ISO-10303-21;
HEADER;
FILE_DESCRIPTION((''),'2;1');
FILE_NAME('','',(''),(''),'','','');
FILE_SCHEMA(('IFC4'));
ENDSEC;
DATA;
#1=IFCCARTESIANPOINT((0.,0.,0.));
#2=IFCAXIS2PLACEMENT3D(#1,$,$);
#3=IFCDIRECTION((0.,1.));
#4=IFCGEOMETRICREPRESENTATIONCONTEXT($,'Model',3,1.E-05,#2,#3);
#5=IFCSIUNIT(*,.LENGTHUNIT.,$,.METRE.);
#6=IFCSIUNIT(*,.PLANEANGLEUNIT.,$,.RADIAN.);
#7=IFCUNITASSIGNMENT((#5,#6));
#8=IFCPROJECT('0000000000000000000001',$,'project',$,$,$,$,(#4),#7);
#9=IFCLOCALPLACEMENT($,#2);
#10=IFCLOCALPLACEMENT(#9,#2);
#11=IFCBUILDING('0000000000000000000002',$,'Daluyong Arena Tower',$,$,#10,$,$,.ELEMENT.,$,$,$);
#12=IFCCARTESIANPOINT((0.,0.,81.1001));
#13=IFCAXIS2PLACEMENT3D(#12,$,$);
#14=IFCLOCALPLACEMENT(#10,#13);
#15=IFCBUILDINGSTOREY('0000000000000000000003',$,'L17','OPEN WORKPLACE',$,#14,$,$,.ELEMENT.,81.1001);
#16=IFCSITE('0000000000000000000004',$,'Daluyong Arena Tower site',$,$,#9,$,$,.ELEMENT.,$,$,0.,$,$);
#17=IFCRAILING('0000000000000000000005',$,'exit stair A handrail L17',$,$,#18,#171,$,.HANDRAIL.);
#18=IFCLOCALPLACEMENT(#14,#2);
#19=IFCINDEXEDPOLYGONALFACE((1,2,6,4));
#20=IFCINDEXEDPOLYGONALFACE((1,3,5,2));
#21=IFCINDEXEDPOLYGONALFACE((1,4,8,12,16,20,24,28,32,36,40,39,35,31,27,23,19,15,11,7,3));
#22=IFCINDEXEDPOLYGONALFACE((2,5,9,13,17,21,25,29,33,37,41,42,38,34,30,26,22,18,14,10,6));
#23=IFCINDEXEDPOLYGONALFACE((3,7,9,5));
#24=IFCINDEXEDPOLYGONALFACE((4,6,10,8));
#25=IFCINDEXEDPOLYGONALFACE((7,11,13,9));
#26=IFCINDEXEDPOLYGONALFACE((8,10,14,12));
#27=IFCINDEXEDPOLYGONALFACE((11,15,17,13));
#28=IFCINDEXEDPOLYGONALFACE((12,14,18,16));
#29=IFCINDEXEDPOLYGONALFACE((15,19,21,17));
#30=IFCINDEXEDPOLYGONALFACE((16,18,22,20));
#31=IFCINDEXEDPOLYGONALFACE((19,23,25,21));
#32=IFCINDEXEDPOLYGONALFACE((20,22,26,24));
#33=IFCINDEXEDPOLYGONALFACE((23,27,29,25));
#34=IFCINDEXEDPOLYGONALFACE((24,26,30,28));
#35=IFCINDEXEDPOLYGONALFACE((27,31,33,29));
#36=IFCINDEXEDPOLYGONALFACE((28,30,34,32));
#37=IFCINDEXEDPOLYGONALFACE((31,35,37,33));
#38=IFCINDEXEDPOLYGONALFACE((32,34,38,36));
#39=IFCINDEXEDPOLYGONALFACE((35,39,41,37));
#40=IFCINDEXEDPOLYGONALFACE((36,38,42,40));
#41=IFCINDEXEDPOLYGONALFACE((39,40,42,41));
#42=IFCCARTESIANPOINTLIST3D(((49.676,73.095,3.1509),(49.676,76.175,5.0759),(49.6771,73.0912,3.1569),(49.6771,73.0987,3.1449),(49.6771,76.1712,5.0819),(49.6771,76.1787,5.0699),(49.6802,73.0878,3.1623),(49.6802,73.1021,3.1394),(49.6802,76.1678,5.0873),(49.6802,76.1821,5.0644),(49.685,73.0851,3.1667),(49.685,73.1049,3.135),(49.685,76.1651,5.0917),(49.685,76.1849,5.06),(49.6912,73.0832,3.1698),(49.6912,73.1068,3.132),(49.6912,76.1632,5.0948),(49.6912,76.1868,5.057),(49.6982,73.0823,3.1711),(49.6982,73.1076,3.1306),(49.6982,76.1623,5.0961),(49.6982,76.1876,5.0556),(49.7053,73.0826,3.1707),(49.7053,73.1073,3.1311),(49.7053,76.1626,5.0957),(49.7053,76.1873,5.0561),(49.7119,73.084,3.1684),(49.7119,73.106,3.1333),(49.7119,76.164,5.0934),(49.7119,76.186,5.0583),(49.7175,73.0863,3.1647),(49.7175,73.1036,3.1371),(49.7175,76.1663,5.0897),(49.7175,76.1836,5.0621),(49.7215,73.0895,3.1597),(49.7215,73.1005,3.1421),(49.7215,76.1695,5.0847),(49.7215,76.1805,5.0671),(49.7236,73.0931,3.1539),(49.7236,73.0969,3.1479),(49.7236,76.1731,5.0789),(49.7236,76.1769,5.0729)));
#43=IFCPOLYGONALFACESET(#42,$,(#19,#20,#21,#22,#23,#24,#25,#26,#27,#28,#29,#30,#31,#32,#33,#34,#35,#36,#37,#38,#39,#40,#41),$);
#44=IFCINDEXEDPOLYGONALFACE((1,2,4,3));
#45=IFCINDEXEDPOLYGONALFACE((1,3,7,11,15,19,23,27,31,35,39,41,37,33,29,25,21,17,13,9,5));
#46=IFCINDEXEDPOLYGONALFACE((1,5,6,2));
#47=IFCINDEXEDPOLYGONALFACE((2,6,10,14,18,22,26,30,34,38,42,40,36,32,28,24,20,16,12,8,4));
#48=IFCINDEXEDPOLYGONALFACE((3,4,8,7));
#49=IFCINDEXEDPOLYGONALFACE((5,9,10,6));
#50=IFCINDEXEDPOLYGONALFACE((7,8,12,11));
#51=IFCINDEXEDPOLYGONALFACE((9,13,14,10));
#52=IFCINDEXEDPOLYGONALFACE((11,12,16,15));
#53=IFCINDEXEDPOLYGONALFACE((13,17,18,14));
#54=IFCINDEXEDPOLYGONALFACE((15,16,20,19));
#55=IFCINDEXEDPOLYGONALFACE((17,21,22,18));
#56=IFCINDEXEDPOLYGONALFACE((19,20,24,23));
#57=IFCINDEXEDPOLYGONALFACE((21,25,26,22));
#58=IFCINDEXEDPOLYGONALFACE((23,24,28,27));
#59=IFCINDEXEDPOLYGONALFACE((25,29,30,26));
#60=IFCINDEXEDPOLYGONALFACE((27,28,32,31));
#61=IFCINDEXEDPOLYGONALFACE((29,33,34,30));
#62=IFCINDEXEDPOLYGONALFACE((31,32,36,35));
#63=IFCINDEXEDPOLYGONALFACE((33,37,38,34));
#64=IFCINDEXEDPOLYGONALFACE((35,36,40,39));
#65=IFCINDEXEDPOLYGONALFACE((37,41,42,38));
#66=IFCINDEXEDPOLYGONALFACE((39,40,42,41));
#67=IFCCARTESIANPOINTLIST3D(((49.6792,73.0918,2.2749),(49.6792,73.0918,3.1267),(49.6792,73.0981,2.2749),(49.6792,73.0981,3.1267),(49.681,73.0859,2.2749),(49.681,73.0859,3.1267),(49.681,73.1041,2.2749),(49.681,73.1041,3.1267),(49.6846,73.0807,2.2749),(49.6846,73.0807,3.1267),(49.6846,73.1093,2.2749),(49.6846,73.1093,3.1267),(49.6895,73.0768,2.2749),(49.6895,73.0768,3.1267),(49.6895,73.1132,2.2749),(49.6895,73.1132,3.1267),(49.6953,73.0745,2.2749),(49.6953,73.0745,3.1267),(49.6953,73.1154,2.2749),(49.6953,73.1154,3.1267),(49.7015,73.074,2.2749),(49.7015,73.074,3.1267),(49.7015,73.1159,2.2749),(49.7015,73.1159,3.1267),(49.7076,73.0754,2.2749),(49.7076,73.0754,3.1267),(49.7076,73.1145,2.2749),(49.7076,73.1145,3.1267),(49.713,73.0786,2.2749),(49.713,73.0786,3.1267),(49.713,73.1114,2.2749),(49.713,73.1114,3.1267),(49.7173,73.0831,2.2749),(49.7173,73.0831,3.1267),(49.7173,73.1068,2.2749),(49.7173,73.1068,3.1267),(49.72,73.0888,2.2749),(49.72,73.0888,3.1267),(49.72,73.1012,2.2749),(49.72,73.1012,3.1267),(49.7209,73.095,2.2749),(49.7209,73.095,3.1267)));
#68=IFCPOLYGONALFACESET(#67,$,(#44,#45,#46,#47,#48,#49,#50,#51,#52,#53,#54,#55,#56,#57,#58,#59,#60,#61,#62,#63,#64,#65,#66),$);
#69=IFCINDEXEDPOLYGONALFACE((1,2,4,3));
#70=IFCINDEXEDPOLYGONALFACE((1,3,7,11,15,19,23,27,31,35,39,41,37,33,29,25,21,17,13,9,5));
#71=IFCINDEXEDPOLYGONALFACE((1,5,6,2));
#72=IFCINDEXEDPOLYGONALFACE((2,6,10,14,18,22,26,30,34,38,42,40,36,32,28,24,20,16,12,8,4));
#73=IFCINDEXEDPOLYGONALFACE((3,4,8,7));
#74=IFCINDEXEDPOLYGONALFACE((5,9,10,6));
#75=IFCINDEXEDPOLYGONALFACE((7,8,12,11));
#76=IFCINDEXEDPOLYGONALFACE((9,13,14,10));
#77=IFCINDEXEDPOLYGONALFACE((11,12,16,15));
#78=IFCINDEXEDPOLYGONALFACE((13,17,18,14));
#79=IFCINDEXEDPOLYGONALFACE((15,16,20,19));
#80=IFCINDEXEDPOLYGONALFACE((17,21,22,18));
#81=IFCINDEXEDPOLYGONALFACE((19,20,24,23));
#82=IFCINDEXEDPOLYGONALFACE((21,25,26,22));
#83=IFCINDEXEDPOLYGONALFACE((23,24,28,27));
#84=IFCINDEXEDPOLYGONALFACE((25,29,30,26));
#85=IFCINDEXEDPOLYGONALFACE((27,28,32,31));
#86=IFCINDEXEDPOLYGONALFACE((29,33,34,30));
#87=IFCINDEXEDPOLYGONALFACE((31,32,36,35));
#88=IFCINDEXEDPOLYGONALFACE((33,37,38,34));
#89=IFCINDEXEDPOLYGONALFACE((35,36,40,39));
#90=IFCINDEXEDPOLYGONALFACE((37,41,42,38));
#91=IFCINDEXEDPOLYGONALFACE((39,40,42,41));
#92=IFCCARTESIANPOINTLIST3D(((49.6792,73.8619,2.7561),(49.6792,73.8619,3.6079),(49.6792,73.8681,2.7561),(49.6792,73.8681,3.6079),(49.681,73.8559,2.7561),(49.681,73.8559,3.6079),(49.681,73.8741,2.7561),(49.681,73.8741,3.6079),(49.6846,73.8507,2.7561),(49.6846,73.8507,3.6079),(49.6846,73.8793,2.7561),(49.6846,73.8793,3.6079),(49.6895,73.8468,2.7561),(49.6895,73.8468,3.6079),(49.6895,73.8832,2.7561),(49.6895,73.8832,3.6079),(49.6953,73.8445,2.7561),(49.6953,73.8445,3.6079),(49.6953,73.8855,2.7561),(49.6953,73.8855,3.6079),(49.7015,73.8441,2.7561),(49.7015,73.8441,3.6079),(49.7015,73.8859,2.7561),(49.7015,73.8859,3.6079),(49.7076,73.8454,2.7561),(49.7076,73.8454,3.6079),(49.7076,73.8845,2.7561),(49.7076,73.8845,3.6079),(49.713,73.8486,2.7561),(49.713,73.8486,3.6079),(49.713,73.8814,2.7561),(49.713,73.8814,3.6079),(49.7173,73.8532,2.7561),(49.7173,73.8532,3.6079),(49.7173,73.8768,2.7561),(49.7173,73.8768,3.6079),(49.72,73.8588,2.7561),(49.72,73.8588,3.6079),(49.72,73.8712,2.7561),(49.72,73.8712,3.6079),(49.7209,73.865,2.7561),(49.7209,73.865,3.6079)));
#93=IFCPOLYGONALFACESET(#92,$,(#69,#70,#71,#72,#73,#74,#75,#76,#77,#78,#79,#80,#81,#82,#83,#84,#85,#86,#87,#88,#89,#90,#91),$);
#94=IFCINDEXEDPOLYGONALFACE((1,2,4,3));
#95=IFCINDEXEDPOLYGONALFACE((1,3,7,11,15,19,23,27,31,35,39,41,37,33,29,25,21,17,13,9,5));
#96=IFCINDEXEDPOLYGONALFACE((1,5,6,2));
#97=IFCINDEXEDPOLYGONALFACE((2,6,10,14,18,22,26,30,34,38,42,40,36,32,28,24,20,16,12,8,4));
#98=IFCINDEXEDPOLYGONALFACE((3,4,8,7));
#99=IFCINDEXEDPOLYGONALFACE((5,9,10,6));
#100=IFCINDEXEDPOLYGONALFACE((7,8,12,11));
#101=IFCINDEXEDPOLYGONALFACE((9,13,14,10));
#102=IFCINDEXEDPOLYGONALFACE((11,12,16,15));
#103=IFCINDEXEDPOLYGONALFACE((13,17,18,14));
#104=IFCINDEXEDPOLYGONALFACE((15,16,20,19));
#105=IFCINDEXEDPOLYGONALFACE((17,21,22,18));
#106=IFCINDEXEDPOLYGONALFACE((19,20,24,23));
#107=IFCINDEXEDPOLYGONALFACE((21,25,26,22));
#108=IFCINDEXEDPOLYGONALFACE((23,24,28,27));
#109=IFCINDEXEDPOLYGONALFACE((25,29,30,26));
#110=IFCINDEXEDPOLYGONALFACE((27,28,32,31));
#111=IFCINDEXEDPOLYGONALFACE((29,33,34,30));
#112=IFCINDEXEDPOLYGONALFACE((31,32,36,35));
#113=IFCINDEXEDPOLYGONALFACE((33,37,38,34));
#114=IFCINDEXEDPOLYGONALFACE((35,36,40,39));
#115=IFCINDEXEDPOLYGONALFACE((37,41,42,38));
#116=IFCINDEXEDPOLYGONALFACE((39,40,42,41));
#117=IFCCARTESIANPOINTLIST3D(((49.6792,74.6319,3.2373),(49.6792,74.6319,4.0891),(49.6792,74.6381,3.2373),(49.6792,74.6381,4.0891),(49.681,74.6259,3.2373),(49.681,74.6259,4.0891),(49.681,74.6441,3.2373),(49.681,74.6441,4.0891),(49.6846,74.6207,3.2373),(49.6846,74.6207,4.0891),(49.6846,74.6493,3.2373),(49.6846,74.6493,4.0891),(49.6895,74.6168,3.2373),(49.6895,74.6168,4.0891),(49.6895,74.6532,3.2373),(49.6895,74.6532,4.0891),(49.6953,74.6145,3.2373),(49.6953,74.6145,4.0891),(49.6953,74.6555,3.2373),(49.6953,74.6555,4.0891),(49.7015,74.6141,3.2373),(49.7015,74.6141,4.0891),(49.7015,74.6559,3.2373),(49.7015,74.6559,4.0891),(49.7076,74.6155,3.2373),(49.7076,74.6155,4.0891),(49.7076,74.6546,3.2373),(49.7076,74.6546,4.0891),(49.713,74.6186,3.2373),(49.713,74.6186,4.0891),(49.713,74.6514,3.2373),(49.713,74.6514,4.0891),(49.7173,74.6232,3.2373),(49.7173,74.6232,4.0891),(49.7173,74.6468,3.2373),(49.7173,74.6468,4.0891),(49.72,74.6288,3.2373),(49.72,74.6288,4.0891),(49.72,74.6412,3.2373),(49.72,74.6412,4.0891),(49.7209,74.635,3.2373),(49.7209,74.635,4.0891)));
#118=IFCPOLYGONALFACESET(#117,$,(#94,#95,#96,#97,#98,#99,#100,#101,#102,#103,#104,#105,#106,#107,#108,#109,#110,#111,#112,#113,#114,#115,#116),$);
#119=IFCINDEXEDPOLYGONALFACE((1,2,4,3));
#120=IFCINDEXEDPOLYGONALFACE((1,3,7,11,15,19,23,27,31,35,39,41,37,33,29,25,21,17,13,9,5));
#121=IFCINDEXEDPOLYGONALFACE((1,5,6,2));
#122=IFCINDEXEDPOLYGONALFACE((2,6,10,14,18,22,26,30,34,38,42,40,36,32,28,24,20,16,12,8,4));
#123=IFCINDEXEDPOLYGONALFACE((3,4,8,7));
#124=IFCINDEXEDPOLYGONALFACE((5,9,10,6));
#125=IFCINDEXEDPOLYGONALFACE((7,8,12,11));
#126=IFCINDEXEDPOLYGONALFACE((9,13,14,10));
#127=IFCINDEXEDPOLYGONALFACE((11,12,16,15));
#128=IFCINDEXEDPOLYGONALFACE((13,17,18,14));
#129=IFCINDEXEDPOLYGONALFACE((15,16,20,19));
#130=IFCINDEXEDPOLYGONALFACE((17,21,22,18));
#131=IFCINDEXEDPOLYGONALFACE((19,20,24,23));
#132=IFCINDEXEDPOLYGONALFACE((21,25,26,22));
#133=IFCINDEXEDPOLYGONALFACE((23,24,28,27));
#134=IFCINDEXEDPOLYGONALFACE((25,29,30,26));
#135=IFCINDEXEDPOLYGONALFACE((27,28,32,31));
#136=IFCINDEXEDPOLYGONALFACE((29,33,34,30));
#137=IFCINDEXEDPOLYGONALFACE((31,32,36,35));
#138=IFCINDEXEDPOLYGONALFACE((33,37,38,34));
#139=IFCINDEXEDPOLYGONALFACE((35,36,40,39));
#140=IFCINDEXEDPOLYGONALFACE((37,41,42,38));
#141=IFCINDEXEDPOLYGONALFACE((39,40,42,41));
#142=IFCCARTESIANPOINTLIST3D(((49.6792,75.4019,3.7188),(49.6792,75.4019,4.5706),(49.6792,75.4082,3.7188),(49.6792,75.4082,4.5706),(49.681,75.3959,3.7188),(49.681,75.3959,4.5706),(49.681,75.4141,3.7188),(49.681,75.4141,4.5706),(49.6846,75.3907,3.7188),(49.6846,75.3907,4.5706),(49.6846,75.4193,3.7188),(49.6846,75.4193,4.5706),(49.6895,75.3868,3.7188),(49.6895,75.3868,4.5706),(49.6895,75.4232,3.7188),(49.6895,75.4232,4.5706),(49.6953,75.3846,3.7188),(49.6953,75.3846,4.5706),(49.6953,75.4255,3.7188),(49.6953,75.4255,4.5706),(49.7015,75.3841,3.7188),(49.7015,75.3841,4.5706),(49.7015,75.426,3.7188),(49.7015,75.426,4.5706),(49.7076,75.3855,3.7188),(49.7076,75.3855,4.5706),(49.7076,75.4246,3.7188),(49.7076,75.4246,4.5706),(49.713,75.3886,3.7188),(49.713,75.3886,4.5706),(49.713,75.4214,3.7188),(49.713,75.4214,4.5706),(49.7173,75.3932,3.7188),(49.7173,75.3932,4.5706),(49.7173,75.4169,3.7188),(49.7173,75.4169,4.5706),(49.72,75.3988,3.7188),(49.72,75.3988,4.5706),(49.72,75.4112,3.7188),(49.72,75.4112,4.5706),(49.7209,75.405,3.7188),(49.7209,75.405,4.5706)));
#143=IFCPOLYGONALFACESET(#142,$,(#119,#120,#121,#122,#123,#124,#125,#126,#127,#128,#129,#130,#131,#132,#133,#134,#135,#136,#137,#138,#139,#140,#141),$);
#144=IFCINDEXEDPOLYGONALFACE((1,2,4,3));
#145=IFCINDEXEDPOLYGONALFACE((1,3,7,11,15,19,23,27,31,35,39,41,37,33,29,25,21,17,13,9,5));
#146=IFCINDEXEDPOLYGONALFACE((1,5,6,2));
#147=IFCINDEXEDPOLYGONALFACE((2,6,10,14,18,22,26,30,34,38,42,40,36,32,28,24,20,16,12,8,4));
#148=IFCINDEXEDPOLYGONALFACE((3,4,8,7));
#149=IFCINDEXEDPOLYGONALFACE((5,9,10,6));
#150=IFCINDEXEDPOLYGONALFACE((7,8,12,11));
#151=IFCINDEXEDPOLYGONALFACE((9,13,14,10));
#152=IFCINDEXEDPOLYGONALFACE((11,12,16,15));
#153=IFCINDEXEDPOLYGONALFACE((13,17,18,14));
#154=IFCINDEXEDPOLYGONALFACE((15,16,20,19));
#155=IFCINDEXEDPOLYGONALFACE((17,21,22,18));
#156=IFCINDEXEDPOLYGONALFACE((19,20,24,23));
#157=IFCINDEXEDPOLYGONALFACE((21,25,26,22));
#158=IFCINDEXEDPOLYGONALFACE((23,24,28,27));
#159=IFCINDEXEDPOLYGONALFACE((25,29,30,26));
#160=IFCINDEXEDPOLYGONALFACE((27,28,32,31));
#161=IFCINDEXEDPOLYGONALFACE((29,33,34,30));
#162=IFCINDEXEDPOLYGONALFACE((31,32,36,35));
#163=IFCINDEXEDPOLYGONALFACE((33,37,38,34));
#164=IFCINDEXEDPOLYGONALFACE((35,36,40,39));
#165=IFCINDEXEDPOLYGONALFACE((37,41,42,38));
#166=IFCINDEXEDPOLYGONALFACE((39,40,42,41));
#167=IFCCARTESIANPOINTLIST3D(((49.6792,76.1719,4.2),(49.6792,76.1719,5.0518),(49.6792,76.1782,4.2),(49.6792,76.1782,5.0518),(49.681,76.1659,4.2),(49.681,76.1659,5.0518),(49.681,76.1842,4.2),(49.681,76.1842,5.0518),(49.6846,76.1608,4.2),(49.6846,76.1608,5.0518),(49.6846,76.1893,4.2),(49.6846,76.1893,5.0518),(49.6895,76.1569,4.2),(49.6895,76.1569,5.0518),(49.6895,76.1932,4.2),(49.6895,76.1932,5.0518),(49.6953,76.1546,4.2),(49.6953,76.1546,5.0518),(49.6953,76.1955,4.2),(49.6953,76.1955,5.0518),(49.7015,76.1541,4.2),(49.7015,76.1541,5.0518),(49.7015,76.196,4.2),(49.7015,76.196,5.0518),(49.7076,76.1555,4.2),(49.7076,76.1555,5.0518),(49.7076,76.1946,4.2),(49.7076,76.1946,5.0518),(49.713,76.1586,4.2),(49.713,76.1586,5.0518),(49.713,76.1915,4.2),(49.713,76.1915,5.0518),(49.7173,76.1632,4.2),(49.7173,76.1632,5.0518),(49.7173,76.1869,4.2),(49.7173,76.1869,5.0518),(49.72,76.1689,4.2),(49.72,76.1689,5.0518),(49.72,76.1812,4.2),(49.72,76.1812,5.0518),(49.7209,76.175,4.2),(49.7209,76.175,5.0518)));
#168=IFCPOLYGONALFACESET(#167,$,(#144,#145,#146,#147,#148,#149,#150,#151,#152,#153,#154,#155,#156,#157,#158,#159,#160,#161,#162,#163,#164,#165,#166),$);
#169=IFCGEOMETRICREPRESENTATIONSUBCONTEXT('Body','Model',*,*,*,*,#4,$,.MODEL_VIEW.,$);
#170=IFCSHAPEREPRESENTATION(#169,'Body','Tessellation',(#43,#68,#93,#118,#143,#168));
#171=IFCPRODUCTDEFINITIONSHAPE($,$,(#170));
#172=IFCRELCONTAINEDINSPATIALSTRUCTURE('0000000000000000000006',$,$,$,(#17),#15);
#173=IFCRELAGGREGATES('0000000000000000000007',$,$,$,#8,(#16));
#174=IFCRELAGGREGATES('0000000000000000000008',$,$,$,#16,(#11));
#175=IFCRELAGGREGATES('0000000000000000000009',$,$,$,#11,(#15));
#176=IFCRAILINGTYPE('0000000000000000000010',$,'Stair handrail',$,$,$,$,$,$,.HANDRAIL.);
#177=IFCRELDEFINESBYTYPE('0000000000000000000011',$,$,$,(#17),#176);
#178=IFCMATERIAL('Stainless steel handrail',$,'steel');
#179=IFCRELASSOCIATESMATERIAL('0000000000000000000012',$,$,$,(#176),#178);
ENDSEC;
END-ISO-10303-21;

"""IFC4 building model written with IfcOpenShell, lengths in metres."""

from ifc_helpers import new_model, si_unit, direction, frame, origin, origin_2d, place, context, subcontext, project, spatial, circle, extrude, material, type_object, element, save


model = new_model("IFC4")

# Units and contexts
model_context = context("Model", 3, precision=1e-05, world=origin(), true_north=direction((0.0, 1.0)))
body_context = subcontext(model_context, "Body", "Model", "MODEL_VIEW")
ifc_project = project(units=[si_unit("LENGTHUNIT", "METRE"), si_unit("PLANEANGLEUNIT", "RADIAN")], contexts=[model_context])

# Site, building, storey
site_placement = place(None, origin())
site = spatial("IfcSite", under=ifc_project, at=site_placement, Name="Daluyong Arena Tower site", CompositionType="ELEMENT", RefElevation=0.0)
building_placement = place(site_placement, origin())
building = spatial("IfcBuilding", under=site, at=building_placement, Name="Daluyong Arena Tower", CompositionType="ELEMENT")
storey_placement = place(building_placement, frame((0.0, 0.0, 81.1001)))
storey = spatial("IfcBuildingStorey", under=building, at=storey_placement, Name="L17", Description="OPEN WORKPLACE", CompositionType="ELEMENT", Elevation=81.1001)

# Railing
ifc_material_1 = material(Name="Stainless steel handrail", Category="steel")
railing_type_1 = type_object("IfcRailingType", Name="Stair handrail", PredefinedType="HANDRAIL", material=ifc_material_1)
railing_1_placement = place(storey_placement, frame((49.7, 73.095, 2.2749)))
element("IfcRailing", 1, at=railing_1_placement, inside=storey, type_object=railing_type_1, Name="exit stair A handrail L17", PredefinedType="HANDRAIL", context=body_context, shape_type="SweptSolid", body=[
    extrude(circle(Radius=0.0239, at=origin_2d()), frame((0.0, 0.0, 0.876), z_axis=(0.0, 0.847998, 0.529999), x_axis=(-1.0, 0.0, 0.0)), (0.0, 0.0, 1.0), 3.6321),
    extrude(circle(Radius=0.021, at=origin_2d()), origin(), (0.0, 0.0, 1.0), 0.8518),
    extrude(circle(Radius=0.021, at=origin_2d()), frame((0.0, 0.77, 0.4812)), (0.0, 0.0, 1.0), 0.8518),
    extrude(circle(Radius=0.021, at=origin_2d()), frame((0.0, 1.54, 0.9624)), (0.0, 0.0, 1.0), 0.8518),
    extrude(circle(Radius=0.021, at=origin_2d()), frame((0.0, 2.3101, 1.4438)), (0.0, 0.0, 1.0), 0.8518),
    extrude(circle(Radius=0.021, at=origin_2d()), frame((0.0, 3.0801, 1.925)), (0.0, 0.0, 1.0), 0.8518),
])

save(model, "model.ifc")
